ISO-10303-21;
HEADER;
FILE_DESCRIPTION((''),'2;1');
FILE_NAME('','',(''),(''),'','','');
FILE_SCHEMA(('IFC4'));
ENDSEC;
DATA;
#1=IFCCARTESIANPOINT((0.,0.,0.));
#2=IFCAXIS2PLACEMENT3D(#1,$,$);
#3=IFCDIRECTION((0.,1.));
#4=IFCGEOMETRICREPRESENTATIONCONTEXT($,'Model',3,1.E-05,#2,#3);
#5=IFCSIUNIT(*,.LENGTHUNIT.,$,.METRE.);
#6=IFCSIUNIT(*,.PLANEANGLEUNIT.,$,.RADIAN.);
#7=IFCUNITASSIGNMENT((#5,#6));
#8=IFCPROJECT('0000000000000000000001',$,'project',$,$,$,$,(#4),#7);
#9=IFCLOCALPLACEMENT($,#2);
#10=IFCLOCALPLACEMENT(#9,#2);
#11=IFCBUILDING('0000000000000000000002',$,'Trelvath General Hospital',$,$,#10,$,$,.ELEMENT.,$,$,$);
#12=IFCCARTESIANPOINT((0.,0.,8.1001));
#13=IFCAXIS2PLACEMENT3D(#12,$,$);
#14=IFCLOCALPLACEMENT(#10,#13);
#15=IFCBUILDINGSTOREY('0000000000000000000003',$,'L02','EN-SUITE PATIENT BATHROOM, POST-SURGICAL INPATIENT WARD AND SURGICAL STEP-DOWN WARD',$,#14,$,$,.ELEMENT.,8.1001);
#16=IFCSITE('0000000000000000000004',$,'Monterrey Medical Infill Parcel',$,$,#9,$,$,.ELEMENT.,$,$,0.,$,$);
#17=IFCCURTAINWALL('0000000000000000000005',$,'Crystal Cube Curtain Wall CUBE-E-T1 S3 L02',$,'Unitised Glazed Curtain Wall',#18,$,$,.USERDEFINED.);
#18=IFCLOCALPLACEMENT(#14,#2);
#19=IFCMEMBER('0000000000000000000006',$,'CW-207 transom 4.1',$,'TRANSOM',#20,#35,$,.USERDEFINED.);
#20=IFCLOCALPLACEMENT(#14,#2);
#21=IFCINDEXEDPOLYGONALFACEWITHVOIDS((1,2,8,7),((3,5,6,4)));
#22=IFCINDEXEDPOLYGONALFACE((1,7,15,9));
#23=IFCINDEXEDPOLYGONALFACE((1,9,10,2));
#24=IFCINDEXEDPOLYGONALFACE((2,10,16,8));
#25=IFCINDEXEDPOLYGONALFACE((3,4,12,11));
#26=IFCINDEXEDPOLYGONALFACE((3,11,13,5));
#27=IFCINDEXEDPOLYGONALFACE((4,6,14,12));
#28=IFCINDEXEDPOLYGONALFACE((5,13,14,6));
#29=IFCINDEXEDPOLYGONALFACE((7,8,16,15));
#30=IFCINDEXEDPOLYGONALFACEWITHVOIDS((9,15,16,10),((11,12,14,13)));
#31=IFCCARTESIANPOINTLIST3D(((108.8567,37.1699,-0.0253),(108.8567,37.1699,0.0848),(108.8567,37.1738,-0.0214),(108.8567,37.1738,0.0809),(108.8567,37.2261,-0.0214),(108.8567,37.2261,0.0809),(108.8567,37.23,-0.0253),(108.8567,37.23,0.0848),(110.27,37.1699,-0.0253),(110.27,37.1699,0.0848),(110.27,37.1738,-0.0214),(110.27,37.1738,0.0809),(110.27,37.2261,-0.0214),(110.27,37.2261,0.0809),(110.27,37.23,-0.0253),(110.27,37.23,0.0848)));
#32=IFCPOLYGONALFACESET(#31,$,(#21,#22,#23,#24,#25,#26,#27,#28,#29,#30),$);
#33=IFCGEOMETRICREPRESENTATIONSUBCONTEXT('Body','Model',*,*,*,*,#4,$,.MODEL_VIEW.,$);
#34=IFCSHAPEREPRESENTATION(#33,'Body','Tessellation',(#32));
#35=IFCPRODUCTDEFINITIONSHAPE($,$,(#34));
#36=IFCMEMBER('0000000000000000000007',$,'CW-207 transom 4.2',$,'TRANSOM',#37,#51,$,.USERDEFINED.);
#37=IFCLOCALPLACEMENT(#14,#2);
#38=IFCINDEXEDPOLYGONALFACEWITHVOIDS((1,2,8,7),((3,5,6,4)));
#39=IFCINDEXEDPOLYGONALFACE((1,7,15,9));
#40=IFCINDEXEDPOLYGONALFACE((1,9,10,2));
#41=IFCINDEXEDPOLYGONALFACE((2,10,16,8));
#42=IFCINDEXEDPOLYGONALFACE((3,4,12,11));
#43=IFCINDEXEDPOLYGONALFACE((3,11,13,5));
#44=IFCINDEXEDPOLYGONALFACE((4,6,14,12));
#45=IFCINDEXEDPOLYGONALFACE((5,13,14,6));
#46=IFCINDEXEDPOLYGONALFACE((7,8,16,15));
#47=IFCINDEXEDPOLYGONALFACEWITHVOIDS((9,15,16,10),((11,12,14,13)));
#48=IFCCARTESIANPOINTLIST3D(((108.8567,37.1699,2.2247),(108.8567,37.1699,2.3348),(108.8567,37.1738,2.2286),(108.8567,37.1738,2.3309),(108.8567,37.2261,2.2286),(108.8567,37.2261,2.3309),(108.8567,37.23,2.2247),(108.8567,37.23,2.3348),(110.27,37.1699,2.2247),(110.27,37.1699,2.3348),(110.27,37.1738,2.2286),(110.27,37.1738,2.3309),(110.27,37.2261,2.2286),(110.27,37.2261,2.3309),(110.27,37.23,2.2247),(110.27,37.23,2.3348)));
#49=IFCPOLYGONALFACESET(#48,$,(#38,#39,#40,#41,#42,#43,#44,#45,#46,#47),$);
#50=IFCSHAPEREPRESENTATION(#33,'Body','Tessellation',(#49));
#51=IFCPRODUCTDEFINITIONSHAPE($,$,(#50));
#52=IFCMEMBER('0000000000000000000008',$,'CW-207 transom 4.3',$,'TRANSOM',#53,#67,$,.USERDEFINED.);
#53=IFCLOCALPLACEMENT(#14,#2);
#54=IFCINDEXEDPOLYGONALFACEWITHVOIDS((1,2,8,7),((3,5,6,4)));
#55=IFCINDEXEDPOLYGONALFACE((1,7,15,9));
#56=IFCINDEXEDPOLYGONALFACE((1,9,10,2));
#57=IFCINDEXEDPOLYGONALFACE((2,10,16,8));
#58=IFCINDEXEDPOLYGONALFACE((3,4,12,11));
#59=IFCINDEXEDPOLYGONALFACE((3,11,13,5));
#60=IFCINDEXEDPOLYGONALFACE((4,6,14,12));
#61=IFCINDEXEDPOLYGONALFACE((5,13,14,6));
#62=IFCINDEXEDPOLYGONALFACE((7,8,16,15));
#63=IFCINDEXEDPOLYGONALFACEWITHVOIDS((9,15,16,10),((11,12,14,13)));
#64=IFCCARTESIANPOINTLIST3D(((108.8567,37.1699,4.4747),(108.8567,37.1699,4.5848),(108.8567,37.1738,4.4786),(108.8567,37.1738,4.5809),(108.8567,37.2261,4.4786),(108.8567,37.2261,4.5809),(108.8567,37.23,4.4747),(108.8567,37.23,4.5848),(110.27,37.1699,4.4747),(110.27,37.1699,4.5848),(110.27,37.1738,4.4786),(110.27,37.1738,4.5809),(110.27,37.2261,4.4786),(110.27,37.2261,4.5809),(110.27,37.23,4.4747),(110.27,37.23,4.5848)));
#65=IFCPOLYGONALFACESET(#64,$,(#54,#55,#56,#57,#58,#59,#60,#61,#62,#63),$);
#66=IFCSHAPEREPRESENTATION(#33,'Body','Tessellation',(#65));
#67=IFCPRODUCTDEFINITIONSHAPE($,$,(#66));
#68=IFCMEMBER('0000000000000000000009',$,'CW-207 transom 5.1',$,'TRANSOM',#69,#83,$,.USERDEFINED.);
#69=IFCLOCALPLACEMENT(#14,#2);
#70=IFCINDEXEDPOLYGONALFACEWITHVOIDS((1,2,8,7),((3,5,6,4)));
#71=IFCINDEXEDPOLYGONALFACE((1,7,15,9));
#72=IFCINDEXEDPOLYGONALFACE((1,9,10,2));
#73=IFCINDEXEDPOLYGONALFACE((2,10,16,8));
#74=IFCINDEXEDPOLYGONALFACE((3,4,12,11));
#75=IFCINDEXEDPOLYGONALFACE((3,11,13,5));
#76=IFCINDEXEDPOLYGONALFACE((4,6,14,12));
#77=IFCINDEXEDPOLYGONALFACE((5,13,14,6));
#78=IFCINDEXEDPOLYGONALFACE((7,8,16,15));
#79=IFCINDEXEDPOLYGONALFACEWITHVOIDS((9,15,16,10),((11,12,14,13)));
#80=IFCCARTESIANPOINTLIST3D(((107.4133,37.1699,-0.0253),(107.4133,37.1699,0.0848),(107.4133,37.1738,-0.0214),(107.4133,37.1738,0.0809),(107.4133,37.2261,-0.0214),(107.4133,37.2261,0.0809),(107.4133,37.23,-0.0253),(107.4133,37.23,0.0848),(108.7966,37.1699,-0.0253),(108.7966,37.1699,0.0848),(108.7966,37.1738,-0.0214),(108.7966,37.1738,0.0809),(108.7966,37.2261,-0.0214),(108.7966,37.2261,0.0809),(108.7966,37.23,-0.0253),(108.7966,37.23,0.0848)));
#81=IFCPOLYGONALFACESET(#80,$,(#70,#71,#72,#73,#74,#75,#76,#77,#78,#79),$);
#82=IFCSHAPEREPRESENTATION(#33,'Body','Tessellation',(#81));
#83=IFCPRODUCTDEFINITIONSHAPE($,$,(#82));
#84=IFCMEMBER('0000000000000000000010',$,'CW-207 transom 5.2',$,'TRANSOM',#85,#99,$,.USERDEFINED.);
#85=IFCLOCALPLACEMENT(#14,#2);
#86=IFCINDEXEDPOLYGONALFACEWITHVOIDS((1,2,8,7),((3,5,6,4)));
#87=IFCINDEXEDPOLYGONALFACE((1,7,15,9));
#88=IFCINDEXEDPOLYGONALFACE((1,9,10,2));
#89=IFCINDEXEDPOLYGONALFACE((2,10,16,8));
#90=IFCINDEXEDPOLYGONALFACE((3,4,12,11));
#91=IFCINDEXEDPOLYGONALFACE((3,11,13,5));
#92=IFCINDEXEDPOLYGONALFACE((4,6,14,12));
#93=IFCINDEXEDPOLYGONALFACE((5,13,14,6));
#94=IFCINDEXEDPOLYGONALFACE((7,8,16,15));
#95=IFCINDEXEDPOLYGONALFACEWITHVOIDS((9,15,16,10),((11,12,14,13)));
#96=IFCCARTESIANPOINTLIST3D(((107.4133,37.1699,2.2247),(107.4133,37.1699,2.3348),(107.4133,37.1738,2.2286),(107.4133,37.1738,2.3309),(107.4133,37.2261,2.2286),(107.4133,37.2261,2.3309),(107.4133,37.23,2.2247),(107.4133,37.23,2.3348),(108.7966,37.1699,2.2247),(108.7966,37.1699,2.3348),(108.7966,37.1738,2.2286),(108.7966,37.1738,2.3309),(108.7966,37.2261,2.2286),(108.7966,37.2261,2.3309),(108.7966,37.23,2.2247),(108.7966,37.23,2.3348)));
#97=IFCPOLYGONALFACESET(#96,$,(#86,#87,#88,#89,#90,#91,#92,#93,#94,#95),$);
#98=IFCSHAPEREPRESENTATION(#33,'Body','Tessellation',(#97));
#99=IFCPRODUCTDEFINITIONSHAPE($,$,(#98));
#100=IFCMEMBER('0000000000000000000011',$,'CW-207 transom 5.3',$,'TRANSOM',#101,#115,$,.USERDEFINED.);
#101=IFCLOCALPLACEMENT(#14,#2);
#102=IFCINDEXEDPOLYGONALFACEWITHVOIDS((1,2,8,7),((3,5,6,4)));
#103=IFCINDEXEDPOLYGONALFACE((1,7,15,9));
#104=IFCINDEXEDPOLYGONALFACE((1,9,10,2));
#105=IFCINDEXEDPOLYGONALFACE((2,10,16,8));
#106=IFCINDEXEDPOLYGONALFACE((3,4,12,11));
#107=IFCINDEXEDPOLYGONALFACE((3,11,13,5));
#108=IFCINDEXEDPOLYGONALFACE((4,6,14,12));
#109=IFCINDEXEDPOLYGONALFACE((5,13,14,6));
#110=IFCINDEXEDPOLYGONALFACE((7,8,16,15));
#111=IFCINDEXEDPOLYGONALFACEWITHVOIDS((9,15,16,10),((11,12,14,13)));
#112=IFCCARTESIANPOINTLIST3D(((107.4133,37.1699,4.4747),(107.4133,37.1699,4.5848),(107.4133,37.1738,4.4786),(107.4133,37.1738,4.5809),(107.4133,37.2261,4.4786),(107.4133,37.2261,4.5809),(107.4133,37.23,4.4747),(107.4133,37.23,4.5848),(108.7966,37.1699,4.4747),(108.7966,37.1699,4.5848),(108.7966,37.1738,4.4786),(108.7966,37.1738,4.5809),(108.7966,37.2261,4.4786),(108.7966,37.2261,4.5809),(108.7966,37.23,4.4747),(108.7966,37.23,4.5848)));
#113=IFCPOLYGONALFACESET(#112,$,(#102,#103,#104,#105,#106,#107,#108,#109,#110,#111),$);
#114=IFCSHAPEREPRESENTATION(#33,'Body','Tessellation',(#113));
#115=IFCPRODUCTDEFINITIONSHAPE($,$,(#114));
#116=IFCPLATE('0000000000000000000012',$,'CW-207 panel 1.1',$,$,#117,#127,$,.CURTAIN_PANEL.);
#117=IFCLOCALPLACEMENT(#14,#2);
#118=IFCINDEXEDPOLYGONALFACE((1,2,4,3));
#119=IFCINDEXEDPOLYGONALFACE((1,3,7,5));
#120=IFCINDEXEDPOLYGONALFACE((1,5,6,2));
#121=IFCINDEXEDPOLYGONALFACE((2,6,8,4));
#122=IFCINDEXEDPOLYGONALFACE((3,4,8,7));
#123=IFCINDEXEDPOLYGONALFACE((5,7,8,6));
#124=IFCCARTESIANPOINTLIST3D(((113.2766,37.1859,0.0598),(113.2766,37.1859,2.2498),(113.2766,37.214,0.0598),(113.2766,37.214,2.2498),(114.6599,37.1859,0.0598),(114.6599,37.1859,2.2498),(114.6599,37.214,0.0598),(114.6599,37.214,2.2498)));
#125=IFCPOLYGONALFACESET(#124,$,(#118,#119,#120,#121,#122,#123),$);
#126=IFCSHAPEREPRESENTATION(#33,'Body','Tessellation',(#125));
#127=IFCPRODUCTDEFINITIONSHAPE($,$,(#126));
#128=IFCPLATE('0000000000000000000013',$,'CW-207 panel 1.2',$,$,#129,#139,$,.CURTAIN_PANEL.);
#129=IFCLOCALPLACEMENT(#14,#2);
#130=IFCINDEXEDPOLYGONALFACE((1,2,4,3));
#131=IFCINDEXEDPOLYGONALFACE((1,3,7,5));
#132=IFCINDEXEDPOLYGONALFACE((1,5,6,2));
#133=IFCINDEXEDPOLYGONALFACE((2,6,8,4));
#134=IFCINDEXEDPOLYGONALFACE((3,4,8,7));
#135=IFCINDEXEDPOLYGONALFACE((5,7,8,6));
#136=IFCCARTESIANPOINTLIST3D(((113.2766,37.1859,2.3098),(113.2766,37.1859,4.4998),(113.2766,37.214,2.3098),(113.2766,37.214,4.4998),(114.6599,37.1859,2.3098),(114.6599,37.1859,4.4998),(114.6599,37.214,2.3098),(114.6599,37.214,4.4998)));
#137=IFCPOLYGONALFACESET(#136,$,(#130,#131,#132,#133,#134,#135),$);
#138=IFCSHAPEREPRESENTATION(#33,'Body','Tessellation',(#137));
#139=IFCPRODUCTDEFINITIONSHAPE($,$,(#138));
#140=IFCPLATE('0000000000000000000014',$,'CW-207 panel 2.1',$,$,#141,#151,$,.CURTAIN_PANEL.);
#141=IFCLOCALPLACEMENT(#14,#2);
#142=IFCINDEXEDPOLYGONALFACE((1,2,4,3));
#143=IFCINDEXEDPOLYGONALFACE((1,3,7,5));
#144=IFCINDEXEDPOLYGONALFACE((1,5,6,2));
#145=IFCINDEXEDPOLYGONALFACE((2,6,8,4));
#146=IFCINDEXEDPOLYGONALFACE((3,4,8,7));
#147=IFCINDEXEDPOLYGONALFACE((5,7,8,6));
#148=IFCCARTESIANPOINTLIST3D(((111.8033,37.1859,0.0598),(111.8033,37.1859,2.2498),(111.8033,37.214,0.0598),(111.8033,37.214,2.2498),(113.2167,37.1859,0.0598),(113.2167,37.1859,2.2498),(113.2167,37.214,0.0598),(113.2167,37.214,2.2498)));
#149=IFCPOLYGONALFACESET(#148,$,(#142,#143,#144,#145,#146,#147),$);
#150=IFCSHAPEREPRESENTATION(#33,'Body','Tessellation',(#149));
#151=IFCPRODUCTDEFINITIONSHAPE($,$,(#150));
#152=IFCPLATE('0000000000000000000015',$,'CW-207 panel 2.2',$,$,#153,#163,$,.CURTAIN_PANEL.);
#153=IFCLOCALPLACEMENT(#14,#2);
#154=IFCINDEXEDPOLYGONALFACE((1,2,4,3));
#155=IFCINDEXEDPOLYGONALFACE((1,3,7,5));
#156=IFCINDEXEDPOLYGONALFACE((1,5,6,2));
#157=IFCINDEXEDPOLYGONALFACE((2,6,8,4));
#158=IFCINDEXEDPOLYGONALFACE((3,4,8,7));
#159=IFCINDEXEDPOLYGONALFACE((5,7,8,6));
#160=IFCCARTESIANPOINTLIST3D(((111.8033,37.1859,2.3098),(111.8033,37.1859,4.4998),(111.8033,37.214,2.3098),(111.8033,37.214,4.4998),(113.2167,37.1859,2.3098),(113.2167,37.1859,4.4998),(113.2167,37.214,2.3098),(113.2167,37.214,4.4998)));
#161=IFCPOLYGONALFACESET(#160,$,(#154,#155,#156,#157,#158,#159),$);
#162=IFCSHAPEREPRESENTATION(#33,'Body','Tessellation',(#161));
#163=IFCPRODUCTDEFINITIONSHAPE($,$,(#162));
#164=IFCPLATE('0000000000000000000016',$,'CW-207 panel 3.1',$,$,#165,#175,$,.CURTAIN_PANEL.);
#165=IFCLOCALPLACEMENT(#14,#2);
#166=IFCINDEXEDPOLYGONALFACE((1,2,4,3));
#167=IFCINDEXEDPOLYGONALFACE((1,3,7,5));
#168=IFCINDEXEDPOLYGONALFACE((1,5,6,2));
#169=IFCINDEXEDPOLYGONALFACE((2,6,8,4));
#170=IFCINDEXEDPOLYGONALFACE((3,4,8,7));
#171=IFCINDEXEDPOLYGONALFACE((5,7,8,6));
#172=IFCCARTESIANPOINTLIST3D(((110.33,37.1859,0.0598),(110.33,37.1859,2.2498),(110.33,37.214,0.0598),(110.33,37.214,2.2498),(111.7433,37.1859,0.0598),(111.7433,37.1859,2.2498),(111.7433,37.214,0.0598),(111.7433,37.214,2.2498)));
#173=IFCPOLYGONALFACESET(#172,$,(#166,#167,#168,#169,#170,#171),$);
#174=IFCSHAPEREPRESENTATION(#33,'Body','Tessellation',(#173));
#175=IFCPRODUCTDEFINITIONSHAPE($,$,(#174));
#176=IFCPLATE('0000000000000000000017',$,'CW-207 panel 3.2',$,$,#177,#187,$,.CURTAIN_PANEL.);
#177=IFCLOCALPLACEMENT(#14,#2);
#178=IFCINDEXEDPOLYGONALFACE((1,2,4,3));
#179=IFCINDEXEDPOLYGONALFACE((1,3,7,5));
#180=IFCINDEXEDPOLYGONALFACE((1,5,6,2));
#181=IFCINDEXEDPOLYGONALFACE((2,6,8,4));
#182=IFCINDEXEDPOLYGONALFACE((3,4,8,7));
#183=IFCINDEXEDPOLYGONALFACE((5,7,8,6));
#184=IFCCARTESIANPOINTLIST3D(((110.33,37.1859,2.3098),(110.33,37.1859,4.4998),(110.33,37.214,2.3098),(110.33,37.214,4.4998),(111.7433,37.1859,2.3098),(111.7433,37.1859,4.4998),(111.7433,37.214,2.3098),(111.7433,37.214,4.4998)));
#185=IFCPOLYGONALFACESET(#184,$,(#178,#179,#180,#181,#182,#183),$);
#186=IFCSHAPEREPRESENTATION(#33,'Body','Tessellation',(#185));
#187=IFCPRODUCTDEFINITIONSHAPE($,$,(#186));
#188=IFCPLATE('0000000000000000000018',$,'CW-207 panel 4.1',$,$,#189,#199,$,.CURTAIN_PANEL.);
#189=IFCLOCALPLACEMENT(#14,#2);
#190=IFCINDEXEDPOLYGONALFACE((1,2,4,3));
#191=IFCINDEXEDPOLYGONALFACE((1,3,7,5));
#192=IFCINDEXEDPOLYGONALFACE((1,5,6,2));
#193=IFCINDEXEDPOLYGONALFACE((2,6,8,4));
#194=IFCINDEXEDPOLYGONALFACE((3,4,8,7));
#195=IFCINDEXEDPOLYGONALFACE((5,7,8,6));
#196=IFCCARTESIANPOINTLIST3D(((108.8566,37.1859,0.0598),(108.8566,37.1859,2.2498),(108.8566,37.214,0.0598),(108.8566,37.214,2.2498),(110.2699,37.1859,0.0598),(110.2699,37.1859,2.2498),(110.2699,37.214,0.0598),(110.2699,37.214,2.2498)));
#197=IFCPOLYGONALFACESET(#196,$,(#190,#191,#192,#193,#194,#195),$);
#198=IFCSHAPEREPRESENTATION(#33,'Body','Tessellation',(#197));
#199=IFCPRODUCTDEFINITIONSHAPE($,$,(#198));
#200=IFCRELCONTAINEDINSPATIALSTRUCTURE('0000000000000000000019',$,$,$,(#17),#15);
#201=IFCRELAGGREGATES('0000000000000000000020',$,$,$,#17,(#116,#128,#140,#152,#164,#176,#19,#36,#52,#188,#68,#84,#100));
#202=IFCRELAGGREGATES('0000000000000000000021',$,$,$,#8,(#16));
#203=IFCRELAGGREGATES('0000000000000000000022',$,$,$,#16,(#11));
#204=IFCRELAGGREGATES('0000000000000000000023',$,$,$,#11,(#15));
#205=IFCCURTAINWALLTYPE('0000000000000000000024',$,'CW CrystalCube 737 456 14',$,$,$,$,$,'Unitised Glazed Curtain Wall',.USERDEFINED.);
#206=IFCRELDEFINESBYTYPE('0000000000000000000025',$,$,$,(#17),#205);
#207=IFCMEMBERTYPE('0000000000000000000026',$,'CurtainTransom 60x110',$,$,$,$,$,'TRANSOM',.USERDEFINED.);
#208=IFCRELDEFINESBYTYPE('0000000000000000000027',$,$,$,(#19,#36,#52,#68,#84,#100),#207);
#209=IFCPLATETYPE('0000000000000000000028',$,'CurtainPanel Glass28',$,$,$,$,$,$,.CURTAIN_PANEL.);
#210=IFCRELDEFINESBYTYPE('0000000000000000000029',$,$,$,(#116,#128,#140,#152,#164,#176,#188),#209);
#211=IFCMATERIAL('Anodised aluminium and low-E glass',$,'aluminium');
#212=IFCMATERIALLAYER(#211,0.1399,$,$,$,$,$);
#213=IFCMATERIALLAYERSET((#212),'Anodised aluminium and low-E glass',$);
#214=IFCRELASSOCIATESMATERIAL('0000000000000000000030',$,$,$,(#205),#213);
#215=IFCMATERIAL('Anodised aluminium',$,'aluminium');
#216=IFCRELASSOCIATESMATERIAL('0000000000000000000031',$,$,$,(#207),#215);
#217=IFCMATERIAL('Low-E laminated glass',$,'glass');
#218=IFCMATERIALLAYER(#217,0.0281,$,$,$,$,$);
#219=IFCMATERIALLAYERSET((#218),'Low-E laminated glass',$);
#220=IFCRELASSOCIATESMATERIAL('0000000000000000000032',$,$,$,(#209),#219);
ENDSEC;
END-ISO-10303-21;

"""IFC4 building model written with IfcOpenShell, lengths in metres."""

from ifc_helpers import new_model, si_unit, direction, frame, origin, origin_2d, place, context, subcontext, project, spatial, rectangle, hollow_rectangle, extrude, material, layer, layer_set, material_profile, profile_set, type_object, element, aggregate, save


model = new_model("IFC4")

# Units and contexts
model_context = context("Model", 3, precision=1e-05, world=origin(), true_north=direction((0.0, 1.0)))
body_context = subcontext(model_context, "Body", "Model", "MODEL_VIEW")
ifc_project = project(units=[si_unit("LENGTHUNIT", "METRE"), si_unit("PLANEANGLEUNIT", "RADIAN")], contexts=[model_context])

# Site, building, storey
site_placement = place(None, origin())
site = spatial("IfcSite", under=ifc_project, at=site_placement, Name="Monterrey Medical Infill Parcel", CompositionType="ELEMENT", RefElevation=0.0)
building_placement = place(site_placement, origin())
building = spatial("IfcBuilding", under=site, at=building_placement, Name="Trelvath General Hospital", CompositionType="ELEMENT")
storey_placement = place(building_placement, frame((0.0, 0.0, 8.1001)))
storey = spatial("IfcBuildingStorey", under=building, at=storey_placement, Name="L02", Description="EN-SUITE PATIENT BATHROOM, POST-SURGICAL INPATIENT WARD AND SURGICAL STEP-DOWN WARD", CompositionType="ELEMENT", Elevation=8.1001)

# Curtain wall, members, plates
ifc_material_1 = material(Name="Anodised aluminium and low-E glass", Category="aluminium")
ifc_layer_1 = layer(ifc_material_1, 0.1399)
ifc_layer_set_1 = layer_set([ifc_layer_1], Name="Anodised aluminium and low-E glass")
curtain_wall_type = type_object("IfcCurtainWallType", Name="CW CrystalCube 737 456 14", ElementType="Unitised Glazed Curtain Wall", PredefinedType="USERDEFINED", material=ifc_layer_set_1)
curtain_wall_placement = place(storey_placement, origin())
curtain_wall = element("IfcCurtainWall", 1, at=curtain_wall_placement, inside=storey, type_object=curtain_wall_type, Name="Crystal Cube Curtain Wall CUBE-E-T1 S3 L02", ObjectType="Unitised Glazed Curtain Wall", PredefinedType="USERDEFINED")
ifc_material_2 = material(Name="Anodised aluminium", Category="aluminium")
ifc_material_profile_1 = material_profile(ifc_material_2, hollow_rectangle(XDim=0.0601, YDim=0.1101, WallThickness=0.0039, at=origin_2d()), Name="RHS60x110x4")
ifc_profile_set_1 = profile_set([ifc_material_profile_1], Name="Anodised aluminium")
member_type_1 = type_object("IfcMemberType", Name="CurtainTransom 60x110", ElementType="TRANSOM", PredefinedType="USERDEFINED", material=ifc_profile_set_1)
member_1_placement = place(storey_placement, frame((110.27, 37.2, 0.0298), z_axis=(-1.0, 0.0, 0.0), x_axis=(0.0, -1.0, 0.0)))
member_1 = element("IfcMember", 2, at=member_1_placement, type_object=member_type_1, Name="CW-207 transom 4.1", ObjectType="TRANSOM", PredefinedType="USERDEFINED", context=body_context, shape_type="SweptSolid", body=[
    extrude(hollow_rectangle(XDim=0.0601, YDim=0.1101, WallThickness=0.0039, at=origin_2d()), origin(), (0.0, 0.0, 1.0), 1.4133),
])
member_2_placement = place(storey_placement, frame((110.27, 37.2, 2.2798), z_axis=(-1.0, 0.0, 0.0), x_axis=(0.0, -1.0, 0.0)))
member_2 = element("IfcMember", 3, at=member_2_placement, type_object=member_type_1, Name="CW-207 transom 4.2", ObjectType="TRANSOM", PredefinedType="USERDEFINED", context=body_context, shape_type="SweptSolid", body=[
    extrude(hollow_rectangle(XDim=0.0601, YDim=0.1101, WallThickness=0.0039, at=origin_2d()), origin(), (0.0, 0.0, 1.0), 1.4133),
])
member_3_placement = place(storey_placement, frame((110.27, 37.2, 4.5298), z_axis=(-1.0, 0.0, 0.0), x_axis=(0.0, -1.0, 0.0)))
member_3 = element("IfcMember", 4, at=member_3_placement, type_object=member_type_1, Name="CW-207 transom 4.3", ObjectType="TRANSOM", PredefinedType="USERDEFINED", context=body_context, shape_type="SweptSolid", body=[
    extrude(hollow_rectangle(XDim=0.0601, YDim=0.1101, WallThickness=0.0039, at=origin_2d()), origin(), (0.0, 0.0, 1.0), 1.4133),
])
member_4_placement = place(storey_placement, frame((108.7966, 37.2, 0.0298), z_axis=(-1.0, 0.0, 0.0), x_axis=(0.0, -1.0, 0.0)))
member_4 = element("IfcMember", 5, at=member_4_placement, type_object=member_type_1, Name="CW-207 transom 5.1", ObjectType="TRANSOM", PredefinedType="USERDEFINED", context=body_context, shape_type="SweptSolid", body=[
    extrude(hollow_rectangle(XDim=0.0601, YDim=0.1101, WallThickness=0.0039, at=origin_2d()), origin(), (0.0, 0.0, 1.0), 1.3833),
])
member_5_placement = place(storey_placement, frame((108.7966, 37.2, 2.2798), z_axis=(-1.0, 0.0, 0.0), x_axis=(0.0, -1.0, 0.0)))
member_5 = element("IfcMember", 6, at=member_5_placement, type_object=member_type_1, Name="CW-207 transom 5.2", ObjectType="TRANSOM", PredefinedType="USERDEFINED", context=body_context, shape_type="SweptSolid", body=[
    extrude(hollow_rectangle(XDim=0.0601, YDim=0.1101, WallThickness=0.0039, at=origin_2d()), origin(), (0.0, 0.0, 1.0), 1.3833),
])
member_6_placement = place(storey_placement, frame((108.7966, 37.2, 4.5298), z_axis=(-1.0, 0.0, 0.0), x_axis=(0.0, -1.0, 0.0)))
member_6 = element("IfcMember", 7, at=member_6_placement, type_object=member_type_1, Name="CW-207 transom 5.3", ObjectType="TRANSOM", PredefinedType="USERDEFINED", context=body_context, shape_type="SweptSolid", body=[
    extrude(hollow_rectangle(XDim=0.0601, YDim=0.1101, WallThickness=0.0039, at=origin_2d()), origin(), (0.0, 0.0, 1.0), 1.3833),
])
ifc_material_3 = material(Name="Low-E laminated glass", Category="glass")
ifc_layer_2 = layer(ifc_material_3, 0.0281)
ifc_layer_set_2 = layer_set([ifc_layer_2], Name="Low-E laminated glass")
plate_type = type_object("IfcPlateType", Name="CurtainPanel Glass28", PredefinedType="CURTAIN_PANEL", material=ifc_layer_set_2)
plate_1_placement = place(storey_placement, frame((113.9683, 37.2, 0.0598), z_axis=(0.0, 0.0, 1.0), x_axis=(-1.0, 0.0, 0.0)))
plate_1 = element("IfcPlate", 8, at=plate_1_placement, type_object=plate_type, Name="CW-207 panel 1.1", PredefinedType="CURTAIN_PANEL", context=body_context, shape_type="SweptSolid", body=[
    extrude(rectangle(XDim=1.3833, YDim=0.0281, at=origin_2d()), origin(), (0.0, 0.0, 1.0), 2.1899),
])
plate_2_placement = place(storey_placement, frame((113.9683, 37.2, 2.3098), z_axis=(0.0, 0.0, 1.0), x_axis=(-1.0, 0.0, 0.0)))
plate_2 = element("IfcPlate", 9, at=plate_2_placement, type_object=plate_type, Name="CW-207 panel 1.2", PredefinedType="CURTAIN_PANEL", context=body_context, shape_type="SweptSolid", body=[
    extrude(rectangle(XDim=1.3833, YDim=0.0281, at=origin_2d()), origin(), (0.0, 0.0, 1.0), 2.1899),
])
plate_3_placement = place(storey_placement, frame((112.51, 37.2, 0.0598), z_axis=(0.0, 0.0, 1.0), x_axis=(-1.0, 0.0, 0.0)))
plate_3 = element("IfcPlate", 10, at=plate_3_placement, type_object=plate_type, Name="CW-207 panel 2.1", PredefinedType="CURTAIN_PANEL", context=body_context, shape_type="SweptSolid", body=[
    extrude(rectangle(XDim=1.4133, YDim=0.0281, at=origin_2d()), origin(), (0.0, 0.0, 1.0), 2.1899),
])
plate_4_placement = place(storey_placement, frame((112.51, 37.2, 2.3098), z_axis=(0.0, 0.0, 1.0), x_axis=(-1.0, 0.0, 0.0)))
plate_4 = element("IfcPlate", 11, at=plate_4_placement, type_object=plate_type, Name="CW-207 panel 2.2", PredefinedType="CURTAIN_PANEL", context=body_context, shape_type="SweptSolid", body=[
    extrude(rectangle(XDim=1.4133, YDim=0.0281, at=origin_2d()), origin(), (0.0, 0.0, 1.0), 2.1899),
])
plate_5_placement = place(storey_placement, frame((111.0366, 37.2, 0.0598), z_axis=(0.0, 0.0, 1.0), x_axis=(-1.0, 0.0, 0.0)))
plate_5 = element("IfcPlate", 12, at=plate_5_placement, type_object=plate_type, Name="CW-207 panel 3.1", PredefinedType="CURTAIN_PANEL", context=body_context, shape_type="SweptSolid", body=[
    extrude(rectangle(XDim=1.4133, YDim=0.0281, at=origin_2d()), origin(), (0.0, 0.0, 1.0), 2.1899),
])
plate_6_placement = place(storey_placement, frame((111.0366, 37.2, 2.3098), z_axis=(0.0, 0.0, 1.0), x_axis=(-1.0, 0.0, 0.0)))
plate_6 = element("IfcPlate", 13, at=plate_6_placement, type_object=plate_type, Name="CW-207 panel 3.2", PredefinedType="CURTAIN_PANEL", context=body_context, shape_type="SweptSolid", body=[
    extrude(rectangle(XDim=1.4133, YDim=0.0281, at=origin_2d()), origin(), (0.0, 0.0, 1.0), 2.1899),
])
plate_7_placement = place(storey_placement, frame((109.5632, 37.2, 0.0598), z_axis=(0.0, 0.0, 1.0), x_axis=(-1.0, 0.0, 0.0)))
plate_7 = element("IfcPlate", 14, at=plate_7_placement, type_object=plate_type, Name="CW-207 panel 4.1", PredefinedType="CURTAIN_PANEL", context=body_context, shape_type="SweptSolid", body=[
    extrude(rectangle(XDim=1.4133, YDim=0.0281, at=origin_2d()), origin(), (0.0, 0.0, 1.0), 2.1899),
])
aggregate(curtain_wall, [plate_1, plate_2, plate_3, plate_4, plate_5, plate_6, member_1, member_2, member_3, plate_7, member_4, member_5, member_6])

save(model, "model.ifc")
